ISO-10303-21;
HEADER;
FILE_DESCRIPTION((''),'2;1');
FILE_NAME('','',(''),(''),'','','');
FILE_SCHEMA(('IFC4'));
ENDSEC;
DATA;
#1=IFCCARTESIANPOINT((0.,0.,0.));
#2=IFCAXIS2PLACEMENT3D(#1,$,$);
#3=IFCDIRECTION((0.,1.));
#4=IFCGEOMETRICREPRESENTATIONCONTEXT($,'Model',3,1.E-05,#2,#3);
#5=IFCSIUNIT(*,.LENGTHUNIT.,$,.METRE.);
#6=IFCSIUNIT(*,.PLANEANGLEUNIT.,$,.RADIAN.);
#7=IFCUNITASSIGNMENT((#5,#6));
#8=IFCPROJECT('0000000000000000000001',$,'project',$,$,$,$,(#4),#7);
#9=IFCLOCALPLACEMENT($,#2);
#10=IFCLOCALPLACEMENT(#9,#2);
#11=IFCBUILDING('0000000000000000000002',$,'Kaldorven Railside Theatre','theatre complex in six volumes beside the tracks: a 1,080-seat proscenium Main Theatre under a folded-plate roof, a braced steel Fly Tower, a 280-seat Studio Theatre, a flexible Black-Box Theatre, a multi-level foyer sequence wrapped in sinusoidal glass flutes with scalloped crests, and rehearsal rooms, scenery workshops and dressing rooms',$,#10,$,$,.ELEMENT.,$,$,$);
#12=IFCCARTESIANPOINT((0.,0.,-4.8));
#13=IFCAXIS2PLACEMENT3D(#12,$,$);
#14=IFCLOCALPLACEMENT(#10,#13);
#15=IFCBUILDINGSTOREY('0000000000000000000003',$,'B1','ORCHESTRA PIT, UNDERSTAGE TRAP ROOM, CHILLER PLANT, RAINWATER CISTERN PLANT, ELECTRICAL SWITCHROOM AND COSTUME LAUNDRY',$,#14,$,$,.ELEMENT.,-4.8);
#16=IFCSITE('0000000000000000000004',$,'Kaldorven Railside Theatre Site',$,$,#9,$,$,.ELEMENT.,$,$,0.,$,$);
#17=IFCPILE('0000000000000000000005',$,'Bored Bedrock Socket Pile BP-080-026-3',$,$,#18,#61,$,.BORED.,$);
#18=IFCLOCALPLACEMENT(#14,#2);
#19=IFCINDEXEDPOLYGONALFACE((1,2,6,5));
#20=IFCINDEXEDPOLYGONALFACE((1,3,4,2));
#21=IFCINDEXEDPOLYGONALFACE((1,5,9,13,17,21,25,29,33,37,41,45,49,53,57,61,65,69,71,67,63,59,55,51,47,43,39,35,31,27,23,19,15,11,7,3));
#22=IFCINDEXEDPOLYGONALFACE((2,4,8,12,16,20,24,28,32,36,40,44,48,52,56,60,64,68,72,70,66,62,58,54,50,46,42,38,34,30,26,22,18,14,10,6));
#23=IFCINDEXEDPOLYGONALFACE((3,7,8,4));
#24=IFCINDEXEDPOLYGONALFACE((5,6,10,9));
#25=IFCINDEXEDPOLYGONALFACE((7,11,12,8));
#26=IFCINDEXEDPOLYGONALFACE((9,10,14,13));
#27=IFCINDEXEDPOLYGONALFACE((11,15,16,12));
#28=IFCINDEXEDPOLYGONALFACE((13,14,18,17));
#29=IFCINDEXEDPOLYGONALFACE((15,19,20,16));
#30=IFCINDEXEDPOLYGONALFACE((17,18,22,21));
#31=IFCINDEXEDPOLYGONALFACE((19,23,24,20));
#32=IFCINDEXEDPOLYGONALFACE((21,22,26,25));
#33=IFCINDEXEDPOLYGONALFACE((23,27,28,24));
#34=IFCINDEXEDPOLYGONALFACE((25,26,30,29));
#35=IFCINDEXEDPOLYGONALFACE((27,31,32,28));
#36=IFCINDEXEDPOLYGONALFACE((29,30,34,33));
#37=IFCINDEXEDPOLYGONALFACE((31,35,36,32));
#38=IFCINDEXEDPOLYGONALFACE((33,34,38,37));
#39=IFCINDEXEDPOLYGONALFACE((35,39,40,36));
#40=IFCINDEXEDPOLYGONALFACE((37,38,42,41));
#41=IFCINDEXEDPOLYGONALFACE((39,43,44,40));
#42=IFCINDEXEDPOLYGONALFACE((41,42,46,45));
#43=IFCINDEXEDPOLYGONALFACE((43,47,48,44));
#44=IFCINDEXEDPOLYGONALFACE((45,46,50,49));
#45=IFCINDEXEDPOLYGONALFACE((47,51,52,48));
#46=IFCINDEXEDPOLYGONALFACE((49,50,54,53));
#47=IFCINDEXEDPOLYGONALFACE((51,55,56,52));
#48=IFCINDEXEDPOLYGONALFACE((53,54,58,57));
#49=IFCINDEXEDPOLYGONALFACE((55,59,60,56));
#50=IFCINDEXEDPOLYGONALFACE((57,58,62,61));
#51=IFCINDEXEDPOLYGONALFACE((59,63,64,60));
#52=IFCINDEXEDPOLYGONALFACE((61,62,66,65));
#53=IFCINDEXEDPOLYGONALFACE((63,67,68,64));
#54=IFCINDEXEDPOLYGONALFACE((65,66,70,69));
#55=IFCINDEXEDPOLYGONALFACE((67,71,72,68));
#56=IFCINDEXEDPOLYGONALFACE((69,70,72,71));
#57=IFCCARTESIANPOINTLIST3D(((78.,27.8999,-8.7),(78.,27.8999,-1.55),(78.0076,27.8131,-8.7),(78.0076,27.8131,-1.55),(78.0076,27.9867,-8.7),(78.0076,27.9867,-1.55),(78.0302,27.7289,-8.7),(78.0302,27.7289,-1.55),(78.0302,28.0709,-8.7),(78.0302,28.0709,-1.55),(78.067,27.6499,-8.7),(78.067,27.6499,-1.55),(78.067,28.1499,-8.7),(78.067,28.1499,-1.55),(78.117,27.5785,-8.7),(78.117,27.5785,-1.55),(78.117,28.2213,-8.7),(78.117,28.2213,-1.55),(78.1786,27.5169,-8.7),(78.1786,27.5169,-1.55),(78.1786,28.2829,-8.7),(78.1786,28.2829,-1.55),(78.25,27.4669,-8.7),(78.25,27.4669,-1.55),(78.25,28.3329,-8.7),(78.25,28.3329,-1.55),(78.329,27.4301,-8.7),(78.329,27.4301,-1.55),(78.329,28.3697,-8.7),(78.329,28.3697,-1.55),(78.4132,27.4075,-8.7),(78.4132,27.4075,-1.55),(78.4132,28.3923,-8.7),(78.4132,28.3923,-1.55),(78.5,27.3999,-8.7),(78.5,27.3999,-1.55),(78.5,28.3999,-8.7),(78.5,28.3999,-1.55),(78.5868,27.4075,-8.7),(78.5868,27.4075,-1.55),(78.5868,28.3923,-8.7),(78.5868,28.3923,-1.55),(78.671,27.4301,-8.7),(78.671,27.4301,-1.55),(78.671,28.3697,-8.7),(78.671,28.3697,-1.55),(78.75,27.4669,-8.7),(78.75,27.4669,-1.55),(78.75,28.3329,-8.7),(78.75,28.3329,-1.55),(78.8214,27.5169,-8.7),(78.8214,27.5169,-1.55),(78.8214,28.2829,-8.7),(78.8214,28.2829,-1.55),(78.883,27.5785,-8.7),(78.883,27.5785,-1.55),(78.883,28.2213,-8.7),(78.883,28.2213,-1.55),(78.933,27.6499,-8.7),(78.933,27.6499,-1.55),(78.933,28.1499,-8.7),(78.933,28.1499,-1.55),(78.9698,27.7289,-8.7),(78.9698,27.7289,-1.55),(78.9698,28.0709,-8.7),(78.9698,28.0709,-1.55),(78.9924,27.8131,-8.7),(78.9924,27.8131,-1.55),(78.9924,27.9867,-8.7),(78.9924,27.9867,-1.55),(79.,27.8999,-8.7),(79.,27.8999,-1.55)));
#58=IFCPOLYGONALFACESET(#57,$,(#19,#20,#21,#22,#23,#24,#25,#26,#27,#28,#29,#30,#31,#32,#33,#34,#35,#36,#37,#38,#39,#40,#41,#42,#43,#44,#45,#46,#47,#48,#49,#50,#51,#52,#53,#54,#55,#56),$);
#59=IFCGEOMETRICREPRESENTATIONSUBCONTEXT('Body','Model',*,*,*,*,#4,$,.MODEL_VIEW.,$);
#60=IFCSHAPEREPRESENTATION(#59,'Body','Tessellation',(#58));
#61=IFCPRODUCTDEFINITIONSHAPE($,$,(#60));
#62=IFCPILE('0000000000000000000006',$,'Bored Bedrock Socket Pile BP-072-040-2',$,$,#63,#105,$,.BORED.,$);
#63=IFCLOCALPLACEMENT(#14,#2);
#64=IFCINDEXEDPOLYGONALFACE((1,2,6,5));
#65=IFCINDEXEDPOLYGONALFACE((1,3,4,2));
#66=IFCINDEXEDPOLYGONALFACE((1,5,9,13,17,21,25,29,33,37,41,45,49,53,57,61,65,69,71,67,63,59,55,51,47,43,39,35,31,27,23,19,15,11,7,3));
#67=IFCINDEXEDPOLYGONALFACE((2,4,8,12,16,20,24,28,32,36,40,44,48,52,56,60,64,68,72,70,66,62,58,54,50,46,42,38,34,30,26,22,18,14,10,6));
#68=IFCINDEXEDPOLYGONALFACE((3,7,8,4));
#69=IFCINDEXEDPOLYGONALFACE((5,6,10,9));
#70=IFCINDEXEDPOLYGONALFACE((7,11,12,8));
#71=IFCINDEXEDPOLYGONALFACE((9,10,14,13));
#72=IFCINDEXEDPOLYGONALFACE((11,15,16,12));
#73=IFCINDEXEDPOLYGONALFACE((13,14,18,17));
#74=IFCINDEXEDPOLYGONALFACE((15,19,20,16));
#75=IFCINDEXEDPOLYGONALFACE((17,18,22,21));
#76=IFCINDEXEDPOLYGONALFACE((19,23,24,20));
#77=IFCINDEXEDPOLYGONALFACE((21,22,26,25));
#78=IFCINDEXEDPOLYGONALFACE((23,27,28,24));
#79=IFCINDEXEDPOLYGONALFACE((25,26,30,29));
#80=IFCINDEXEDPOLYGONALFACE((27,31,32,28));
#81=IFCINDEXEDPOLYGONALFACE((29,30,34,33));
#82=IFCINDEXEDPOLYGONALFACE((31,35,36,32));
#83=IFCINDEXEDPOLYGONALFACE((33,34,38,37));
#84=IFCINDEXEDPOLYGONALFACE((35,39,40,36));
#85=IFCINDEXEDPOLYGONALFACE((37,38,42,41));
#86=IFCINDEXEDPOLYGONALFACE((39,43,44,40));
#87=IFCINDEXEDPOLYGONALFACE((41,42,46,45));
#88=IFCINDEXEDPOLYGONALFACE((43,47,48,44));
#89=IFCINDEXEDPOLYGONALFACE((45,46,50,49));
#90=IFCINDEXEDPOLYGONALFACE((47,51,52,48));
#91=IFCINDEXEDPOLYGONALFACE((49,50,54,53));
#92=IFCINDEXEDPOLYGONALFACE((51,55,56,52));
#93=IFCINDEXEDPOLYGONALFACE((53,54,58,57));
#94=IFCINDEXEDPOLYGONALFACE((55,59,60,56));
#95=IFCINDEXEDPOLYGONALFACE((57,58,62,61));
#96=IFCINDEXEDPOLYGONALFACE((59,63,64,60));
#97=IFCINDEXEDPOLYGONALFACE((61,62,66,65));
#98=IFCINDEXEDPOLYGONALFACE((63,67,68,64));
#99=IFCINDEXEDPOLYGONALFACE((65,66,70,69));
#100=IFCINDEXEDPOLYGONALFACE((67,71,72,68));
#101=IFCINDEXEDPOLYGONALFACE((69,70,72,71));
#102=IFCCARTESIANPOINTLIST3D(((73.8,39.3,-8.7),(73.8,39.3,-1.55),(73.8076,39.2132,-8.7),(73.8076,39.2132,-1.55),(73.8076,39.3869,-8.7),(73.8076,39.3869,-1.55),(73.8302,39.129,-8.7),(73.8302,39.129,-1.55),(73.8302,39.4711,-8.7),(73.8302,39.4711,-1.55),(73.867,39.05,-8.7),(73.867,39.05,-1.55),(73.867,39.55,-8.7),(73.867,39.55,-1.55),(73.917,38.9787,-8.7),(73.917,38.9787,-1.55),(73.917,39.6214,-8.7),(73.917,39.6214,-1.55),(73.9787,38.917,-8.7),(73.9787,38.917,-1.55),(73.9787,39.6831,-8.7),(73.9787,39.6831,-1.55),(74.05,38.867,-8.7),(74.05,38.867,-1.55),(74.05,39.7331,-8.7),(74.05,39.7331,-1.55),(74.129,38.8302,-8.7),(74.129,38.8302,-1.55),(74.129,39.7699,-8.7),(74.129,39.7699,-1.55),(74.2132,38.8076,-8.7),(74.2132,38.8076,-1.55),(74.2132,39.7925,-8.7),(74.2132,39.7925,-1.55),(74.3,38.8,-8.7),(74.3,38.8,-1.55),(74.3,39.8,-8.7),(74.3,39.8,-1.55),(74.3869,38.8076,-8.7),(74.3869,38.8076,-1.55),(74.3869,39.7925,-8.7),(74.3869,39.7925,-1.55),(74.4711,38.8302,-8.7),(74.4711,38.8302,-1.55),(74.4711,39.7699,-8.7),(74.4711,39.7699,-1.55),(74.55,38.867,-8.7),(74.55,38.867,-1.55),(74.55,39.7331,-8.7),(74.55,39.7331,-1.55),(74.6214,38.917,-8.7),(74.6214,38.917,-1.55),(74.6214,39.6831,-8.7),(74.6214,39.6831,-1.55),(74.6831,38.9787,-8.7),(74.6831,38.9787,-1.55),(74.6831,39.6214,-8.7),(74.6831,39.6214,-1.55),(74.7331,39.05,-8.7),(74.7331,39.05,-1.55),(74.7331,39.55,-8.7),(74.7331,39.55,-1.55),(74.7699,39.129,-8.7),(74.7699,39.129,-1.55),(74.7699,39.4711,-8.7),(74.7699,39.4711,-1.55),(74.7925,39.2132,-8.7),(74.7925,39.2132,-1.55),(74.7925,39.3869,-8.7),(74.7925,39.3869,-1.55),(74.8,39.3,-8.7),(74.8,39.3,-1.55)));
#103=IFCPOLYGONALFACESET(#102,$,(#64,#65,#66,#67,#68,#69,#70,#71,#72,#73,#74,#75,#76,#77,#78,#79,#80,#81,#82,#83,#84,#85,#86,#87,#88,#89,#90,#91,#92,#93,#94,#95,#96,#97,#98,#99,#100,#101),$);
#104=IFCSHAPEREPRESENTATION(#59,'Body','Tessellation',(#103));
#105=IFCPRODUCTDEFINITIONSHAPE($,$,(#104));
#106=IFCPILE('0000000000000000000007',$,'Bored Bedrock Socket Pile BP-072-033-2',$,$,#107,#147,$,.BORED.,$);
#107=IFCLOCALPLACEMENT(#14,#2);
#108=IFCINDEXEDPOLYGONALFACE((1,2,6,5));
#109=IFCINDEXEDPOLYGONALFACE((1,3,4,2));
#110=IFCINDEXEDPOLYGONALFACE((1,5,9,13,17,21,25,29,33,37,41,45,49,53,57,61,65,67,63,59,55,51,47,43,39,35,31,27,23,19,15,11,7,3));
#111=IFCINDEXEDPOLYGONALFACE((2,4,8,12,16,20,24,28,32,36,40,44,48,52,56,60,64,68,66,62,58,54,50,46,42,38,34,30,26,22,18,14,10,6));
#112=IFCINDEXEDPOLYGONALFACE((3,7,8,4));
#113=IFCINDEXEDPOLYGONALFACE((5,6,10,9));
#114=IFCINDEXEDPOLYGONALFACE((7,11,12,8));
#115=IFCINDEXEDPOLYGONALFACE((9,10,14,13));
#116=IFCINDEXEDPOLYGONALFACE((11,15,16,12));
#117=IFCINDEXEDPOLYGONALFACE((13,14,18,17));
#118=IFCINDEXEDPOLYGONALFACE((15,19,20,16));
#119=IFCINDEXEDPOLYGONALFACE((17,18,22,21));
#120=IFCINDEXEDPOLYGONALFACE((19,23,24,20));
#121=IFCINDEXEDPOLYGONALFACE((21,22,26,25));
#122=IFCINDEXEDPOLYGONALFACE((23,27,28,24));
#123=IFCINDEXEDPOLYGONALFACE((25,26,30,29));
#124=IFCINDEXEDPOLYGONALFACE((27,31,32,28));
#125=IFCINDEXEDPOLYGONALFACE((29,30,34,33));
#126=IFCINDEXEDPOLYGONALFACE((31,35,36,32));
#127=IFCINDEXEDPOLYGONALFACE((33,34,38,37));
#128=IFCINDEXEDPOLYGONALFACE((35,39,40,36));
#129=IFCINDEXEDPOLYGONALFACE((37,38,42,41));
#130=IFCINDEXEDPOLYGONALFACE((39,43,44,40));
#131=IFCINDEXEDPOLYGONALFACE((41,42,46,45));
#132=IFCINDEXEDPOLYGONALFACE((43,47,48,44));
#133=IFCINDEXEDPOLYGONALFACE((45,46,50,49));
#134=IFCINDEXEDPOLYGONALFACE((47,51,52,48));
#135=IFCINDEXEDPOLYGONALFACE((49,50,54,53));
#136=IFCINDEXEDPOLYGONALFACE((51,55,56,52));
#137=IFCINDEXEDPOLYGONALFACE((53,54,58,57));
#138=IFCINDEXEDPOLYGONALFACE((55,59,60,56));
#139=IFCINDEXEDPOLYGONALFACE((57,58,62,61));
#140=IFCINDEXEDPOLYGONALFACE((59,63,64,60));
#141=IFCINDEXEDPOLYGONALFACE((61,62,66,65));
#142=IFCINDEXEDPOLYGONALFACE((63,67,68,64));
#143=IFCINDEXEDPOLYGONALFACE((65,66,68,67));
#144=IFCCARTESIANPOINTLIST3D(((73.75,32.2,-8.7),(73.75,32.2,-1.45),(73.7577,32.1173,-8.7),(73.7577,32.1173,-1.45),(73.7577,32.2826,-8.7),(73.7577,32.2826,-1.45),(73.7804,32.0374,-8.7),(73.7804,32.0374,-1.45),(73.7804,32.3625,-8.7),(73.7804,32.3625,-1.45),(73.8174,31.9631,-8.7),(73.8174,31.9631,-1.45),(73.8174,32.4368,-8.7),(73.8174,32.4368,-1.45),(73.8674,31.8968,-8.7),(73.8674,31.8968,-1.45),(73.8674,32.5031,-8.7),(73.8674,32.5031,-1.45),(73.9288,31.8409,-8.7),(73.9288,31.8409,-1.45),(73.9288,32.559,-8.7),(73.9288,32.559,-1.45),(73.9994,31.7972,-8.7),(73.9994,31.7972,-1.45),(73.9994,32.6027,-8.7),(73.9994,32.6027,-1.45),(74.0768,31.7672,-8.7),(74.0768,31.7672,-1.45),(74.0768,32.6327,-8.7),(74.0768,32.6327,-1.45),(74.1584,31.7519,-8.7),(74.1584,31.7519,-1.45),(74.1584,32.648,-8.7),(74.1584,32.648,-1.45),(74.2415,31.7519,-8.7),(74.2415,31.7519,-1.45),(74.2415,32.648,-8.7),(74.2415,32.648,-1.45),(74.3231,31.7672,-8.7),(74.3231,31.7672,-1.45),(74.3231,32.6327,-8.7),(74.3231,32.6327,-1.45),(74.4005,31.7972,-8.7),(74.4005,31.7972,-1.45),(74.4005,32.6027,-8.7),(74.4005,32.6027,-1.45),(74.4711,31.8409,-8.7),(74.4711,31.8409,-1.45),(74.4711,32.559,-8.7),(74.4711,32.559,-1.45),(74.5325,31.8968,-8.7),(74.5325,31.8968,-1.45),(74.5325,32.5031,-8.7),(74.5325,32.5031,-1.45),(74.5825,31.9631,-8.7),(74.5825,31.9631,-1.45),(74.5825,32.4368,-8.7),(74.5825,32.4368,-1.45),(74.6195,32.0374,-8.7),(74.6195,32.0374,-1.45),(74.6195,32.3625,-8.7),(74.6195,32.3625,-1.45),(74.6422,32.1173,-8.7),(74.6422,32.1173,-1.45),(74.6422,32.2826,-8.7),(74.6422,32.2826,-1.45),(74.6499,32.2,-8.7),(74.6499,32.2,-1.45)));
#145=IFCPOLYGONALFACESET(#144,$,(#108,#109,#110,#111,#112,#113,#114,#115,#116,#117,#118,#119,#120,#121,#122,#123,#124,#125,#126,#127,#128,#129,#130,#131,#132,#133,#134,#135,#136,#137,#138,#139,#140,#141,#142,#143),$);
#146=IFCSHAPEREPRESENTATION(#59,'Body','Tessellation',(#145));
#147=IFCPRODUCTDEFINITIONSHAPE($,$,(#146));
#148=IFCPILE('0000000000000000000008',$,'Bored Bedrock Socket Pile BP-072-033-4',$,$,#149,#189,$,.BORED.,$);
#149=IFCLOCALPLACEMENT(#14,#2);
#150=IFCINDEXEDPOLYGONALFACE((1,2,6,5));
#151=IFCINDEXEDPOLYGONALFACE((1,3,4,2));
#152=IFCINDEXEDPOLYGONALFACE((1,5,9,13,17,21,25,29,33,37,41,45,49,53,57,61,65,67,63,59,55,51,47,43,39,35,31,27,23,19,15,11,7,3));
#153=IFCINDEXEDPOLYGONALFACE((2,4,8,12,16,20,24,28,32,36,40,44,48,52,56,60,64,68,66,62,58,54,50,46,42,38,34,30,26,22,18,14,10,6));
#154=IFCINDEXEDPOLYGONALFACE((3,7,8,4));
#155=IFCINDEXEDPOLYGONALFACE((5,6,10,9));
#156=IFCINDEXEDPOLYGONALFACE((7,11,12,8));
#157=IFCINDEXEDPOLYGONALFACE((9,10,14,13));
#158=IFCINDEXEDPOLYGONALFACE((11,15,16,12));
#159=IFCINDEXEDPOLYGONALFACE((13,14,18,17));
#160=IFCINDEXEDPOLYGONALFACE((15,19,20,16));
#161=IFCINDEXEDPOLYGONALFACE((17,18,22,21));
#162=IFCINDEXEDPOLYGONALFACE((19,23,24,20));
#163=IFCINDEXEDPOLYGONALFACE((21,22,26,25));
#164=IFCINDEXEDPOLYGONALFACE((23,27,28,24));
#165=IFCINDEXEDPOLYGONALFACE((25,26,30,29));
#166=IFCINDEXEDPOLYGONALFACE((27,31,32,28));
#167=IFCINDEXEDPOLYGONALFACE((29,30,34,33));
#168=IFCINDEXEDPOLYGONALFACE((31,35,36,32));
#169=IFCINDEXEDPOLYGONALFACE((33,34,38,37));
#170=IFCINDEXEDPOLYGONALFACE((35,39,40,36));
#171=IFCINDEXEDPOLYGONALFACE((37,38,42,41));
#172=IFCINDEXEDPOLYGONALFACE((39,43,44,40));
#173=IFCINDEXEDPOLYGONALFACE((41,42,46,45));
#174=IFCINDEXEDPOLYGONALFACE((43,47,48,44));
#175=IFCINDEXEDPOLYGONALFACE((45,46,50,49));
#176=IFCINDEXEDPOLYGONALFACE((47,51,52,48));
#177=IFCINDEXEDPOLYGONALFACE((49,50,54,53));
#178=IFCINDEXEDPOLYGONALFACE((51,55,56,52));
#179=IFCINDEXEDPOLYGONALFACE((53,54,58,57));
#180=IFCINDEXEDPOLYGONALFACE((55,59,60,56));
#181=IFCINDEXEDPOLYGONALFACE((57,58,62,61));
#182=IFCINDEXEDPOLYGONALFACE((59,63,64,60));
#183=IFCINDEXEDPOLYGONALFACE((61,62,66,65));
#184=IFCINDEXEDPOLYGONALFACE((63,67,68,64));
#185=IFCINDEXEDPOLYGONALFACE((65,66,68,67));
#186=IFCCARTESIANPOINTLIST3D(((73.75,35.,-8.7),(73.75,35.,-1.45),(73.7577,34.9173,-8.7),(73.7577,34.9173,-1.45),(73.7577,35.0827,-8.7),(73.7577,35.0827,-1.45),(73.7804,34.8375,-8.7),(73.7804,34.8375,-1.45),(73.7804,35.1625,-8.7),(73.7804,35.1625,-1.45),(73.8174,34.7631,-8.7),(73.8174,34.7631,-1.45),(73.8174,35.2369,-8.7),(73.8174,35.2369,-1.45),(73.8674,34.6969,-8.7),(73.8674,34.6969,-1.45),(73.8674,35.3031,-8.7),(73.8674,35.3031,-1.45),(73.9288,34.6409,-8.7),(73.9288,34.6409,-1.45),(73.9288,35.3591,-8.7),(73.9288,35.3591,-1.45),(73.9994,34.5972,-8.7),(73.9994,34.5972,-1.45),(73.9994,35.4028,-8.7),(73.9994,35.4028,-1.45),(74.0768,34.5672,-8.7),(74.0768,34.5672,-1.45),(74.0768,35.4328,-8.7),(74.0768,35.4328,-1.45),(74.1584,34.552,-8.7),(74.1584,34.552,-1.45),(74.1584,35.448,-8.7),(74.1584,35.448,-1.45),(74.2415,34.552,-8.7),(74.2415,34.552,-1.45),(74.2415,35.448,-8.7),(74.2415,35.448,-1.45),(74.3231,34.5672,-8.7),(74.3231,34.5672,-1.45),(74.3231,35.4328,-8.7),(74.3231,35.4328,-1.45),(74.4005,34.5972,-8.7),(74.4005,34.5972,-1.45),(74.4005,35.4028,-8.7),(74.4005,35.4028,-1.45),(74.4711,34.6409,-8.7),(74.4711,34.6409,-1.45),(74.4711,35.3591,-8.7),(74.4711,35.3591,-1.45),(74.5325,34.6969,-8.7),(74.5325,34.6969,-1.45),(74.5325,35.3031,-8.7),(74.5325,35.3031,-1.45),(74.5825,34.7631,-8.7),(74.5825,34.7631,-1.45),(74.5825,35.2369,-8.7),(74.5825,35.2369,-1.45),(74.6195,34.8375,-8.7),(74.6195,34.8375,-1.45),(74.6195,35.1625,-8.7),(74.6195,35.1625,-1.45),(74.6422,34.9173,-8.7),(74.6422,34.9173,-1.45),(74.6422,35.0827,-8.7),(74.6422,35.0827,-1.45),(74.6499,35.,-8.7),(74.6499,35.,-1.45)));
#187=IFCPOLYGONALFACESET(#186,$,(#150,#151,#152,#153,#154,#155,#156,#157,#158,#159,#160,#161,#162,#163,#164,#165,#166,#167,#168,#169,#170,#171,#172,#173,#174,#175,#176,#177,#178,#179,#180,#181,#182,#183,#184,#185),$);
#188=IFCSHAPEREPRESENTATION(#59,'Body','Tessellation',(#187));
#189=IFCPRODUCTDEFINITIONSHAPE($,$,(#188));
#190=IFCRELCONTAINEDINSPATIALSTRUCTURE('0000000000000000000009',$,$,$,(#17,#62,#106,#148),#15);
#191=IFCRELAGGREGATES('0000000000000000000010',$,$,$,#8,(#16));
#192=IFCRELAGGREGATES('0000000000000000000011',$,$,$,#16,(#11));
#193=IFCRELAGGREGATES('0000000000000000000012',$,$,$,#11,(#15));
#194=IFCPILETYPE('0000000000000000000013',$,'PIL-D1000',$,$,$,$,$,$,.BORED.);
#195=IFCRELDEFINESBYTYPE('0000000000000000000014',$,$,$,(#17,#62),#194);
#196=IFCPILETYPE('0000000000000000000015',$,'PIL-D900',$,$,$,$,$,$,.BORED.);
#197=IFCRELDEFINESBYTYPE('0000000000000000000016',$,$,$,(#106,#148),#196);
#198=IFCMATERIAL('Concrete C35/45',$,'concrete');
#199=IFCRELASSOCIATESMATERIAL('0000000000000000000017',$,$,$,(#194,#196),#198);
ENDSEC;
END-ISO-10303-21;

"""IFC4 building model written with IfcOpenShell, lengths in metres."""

from ifc_helpers import new_model, si_unit, direction, frame, origin, origin_2d, place, context, subcontext, project, spatial, circle, extrude, material, material_profile, profile_set, type_object, element, save


model = new_model("IFC4")

# Units and contexts
model_context = context("Model", 3, precision=1e-05, world=origin(), true_north=direction((0.0, 1.0)))
body_context = subcontext(model_context, "Body", "Model", "MODEL_VIEW")
ifc_project = project(units=[si_unit("LENGTHUNIT", "METRE"), si_unit("PLANEANGLEUNIT", "RADIAN")], contexts=[model_context])

# Site, building, storey
site_placement = place(None, origin())
site = spatial("IfcSite", under=ifc_project, at=site_placement, Name="Kaldorven Railside Theatre Site", CompositionType="ELEMENT", RefElevation=0.0)
building_placement = place(site_placement, origin())
building = spatial("IfcBuilding", under=site, at=building_placement, Name="Kaldorven Railside Theatre", Description="theatre complex in six volumes beside the tracks: a 1,080-seat proscenium Main Theatre under a folded-plate roof, a braced steel Fly Tower, a 280-seat Studio Theatre, a flexible Black-Box Theatre, a multi-level foyer sequence wrapped in sinusoidal glass flutes with scalloped crests, and rehearsal rooms, scenery workshops and dressing rooms", CompositionType="ELEMENT")
storey_placement = place(building_placement, frame((0.0, 0.0, -4.8)))
storey = spatial("IfcBuildingStorey", under=building, at=storey_placement, Name="B1", Description="ORCHESTRA PIT, UNDERSTAGE TRAP ROOM, CHILLER PLANT, RAINWATER CISTERN PLANT, ELECTRICAL SWITCHROOM AND COSTUME LAUNDRY", CompositionType="ELEMENT", Elevation=-4.8)

# Piles
ifc_material_1 = material(Name="Concrete C35/45", Category="concrete")
ifc_material_profile_1 = material_profile(ifc_material_1, circle(Radius=0.5, at=origin_2d()), Name="BP D1000")
ifc_profile_set_1 = profile_set([ifc_material_profile_1], Name="Concrete C35/45")
pile_type_1 = type_object("IfcPileType", Name="PIL-D1000", PredefinedType="BORED", material=ifc_profile_set_1)
for number, where, z_axis, x_axis, name in (
    (1, (78.5, 27.8999, -1.55), (0.0, 0.0, -1.0), (1.0, 0.0, 0.0), "Bored Bedrock Socket Pile BP-080-026-3"),
    (2, (74.3, 39.3, -1.55), (0.0, 0.0, -1.0), (1.0, 0.0, 0.0), "Bored Bedrock Socket Pile BP-072-040-2"),
):
    element("IfcPile", number, at=place(storey_placement, frame(where, z_axis=z_axis, x_axis=x_axis)), inside=storey, type_object=pile_type_1, Name=name, PredefinedType="BORED", context=body_context, shape_type="SweptSolid", body=[
        extrude(circle(Radius=0.5, at=origin_2d()), origin(), (0.0, 0.0, 1.0), 7.1499),
    ])
ifc_material_profile_2 = material_profile(ifc_material_1, circle(Radius=0.45, at=origin_2d()), Name="BP D900")
ifc_profile_set_2 = profile_set([ifc_material_profile_2], Name="Concrete C35/45")
pile_type_2 = type_object("IfcPileType", Name="PIL-D900", PredefinedType="BORED", material=ifc_profile_set_2)
for number, where, z_axis, x_axis, name in (
    (3, (74.2, 32.2, -1.45), (0.0, 0.0, -1.0), (1.0, 0.0, 0.0), "Bored Bedrock Socket Pile BP-072-033-2"),
    (4, (74.2, 35.0, -1.45), (0.0, 0.0, -1.0), (1.0, 0.0, 0.0), "Bored Bedrock Socket Pile BP-072-033-4"),
):
    element("IfcPile", number, at=place(storey_placement, frame(where, z_axis=z_axis, x_axis=x_axis)), inside=storey, type_object=pile_type_2, Name=name, PredefinedType="BORED", context=body_context, shape_type="SweptSolid", body=[
        extrude(circle(Radius=0.45, at=origin_2d()), origin(), (0.0, 0.0, 1.0), 7.25),
    ])

save(model, "model.ifc")
